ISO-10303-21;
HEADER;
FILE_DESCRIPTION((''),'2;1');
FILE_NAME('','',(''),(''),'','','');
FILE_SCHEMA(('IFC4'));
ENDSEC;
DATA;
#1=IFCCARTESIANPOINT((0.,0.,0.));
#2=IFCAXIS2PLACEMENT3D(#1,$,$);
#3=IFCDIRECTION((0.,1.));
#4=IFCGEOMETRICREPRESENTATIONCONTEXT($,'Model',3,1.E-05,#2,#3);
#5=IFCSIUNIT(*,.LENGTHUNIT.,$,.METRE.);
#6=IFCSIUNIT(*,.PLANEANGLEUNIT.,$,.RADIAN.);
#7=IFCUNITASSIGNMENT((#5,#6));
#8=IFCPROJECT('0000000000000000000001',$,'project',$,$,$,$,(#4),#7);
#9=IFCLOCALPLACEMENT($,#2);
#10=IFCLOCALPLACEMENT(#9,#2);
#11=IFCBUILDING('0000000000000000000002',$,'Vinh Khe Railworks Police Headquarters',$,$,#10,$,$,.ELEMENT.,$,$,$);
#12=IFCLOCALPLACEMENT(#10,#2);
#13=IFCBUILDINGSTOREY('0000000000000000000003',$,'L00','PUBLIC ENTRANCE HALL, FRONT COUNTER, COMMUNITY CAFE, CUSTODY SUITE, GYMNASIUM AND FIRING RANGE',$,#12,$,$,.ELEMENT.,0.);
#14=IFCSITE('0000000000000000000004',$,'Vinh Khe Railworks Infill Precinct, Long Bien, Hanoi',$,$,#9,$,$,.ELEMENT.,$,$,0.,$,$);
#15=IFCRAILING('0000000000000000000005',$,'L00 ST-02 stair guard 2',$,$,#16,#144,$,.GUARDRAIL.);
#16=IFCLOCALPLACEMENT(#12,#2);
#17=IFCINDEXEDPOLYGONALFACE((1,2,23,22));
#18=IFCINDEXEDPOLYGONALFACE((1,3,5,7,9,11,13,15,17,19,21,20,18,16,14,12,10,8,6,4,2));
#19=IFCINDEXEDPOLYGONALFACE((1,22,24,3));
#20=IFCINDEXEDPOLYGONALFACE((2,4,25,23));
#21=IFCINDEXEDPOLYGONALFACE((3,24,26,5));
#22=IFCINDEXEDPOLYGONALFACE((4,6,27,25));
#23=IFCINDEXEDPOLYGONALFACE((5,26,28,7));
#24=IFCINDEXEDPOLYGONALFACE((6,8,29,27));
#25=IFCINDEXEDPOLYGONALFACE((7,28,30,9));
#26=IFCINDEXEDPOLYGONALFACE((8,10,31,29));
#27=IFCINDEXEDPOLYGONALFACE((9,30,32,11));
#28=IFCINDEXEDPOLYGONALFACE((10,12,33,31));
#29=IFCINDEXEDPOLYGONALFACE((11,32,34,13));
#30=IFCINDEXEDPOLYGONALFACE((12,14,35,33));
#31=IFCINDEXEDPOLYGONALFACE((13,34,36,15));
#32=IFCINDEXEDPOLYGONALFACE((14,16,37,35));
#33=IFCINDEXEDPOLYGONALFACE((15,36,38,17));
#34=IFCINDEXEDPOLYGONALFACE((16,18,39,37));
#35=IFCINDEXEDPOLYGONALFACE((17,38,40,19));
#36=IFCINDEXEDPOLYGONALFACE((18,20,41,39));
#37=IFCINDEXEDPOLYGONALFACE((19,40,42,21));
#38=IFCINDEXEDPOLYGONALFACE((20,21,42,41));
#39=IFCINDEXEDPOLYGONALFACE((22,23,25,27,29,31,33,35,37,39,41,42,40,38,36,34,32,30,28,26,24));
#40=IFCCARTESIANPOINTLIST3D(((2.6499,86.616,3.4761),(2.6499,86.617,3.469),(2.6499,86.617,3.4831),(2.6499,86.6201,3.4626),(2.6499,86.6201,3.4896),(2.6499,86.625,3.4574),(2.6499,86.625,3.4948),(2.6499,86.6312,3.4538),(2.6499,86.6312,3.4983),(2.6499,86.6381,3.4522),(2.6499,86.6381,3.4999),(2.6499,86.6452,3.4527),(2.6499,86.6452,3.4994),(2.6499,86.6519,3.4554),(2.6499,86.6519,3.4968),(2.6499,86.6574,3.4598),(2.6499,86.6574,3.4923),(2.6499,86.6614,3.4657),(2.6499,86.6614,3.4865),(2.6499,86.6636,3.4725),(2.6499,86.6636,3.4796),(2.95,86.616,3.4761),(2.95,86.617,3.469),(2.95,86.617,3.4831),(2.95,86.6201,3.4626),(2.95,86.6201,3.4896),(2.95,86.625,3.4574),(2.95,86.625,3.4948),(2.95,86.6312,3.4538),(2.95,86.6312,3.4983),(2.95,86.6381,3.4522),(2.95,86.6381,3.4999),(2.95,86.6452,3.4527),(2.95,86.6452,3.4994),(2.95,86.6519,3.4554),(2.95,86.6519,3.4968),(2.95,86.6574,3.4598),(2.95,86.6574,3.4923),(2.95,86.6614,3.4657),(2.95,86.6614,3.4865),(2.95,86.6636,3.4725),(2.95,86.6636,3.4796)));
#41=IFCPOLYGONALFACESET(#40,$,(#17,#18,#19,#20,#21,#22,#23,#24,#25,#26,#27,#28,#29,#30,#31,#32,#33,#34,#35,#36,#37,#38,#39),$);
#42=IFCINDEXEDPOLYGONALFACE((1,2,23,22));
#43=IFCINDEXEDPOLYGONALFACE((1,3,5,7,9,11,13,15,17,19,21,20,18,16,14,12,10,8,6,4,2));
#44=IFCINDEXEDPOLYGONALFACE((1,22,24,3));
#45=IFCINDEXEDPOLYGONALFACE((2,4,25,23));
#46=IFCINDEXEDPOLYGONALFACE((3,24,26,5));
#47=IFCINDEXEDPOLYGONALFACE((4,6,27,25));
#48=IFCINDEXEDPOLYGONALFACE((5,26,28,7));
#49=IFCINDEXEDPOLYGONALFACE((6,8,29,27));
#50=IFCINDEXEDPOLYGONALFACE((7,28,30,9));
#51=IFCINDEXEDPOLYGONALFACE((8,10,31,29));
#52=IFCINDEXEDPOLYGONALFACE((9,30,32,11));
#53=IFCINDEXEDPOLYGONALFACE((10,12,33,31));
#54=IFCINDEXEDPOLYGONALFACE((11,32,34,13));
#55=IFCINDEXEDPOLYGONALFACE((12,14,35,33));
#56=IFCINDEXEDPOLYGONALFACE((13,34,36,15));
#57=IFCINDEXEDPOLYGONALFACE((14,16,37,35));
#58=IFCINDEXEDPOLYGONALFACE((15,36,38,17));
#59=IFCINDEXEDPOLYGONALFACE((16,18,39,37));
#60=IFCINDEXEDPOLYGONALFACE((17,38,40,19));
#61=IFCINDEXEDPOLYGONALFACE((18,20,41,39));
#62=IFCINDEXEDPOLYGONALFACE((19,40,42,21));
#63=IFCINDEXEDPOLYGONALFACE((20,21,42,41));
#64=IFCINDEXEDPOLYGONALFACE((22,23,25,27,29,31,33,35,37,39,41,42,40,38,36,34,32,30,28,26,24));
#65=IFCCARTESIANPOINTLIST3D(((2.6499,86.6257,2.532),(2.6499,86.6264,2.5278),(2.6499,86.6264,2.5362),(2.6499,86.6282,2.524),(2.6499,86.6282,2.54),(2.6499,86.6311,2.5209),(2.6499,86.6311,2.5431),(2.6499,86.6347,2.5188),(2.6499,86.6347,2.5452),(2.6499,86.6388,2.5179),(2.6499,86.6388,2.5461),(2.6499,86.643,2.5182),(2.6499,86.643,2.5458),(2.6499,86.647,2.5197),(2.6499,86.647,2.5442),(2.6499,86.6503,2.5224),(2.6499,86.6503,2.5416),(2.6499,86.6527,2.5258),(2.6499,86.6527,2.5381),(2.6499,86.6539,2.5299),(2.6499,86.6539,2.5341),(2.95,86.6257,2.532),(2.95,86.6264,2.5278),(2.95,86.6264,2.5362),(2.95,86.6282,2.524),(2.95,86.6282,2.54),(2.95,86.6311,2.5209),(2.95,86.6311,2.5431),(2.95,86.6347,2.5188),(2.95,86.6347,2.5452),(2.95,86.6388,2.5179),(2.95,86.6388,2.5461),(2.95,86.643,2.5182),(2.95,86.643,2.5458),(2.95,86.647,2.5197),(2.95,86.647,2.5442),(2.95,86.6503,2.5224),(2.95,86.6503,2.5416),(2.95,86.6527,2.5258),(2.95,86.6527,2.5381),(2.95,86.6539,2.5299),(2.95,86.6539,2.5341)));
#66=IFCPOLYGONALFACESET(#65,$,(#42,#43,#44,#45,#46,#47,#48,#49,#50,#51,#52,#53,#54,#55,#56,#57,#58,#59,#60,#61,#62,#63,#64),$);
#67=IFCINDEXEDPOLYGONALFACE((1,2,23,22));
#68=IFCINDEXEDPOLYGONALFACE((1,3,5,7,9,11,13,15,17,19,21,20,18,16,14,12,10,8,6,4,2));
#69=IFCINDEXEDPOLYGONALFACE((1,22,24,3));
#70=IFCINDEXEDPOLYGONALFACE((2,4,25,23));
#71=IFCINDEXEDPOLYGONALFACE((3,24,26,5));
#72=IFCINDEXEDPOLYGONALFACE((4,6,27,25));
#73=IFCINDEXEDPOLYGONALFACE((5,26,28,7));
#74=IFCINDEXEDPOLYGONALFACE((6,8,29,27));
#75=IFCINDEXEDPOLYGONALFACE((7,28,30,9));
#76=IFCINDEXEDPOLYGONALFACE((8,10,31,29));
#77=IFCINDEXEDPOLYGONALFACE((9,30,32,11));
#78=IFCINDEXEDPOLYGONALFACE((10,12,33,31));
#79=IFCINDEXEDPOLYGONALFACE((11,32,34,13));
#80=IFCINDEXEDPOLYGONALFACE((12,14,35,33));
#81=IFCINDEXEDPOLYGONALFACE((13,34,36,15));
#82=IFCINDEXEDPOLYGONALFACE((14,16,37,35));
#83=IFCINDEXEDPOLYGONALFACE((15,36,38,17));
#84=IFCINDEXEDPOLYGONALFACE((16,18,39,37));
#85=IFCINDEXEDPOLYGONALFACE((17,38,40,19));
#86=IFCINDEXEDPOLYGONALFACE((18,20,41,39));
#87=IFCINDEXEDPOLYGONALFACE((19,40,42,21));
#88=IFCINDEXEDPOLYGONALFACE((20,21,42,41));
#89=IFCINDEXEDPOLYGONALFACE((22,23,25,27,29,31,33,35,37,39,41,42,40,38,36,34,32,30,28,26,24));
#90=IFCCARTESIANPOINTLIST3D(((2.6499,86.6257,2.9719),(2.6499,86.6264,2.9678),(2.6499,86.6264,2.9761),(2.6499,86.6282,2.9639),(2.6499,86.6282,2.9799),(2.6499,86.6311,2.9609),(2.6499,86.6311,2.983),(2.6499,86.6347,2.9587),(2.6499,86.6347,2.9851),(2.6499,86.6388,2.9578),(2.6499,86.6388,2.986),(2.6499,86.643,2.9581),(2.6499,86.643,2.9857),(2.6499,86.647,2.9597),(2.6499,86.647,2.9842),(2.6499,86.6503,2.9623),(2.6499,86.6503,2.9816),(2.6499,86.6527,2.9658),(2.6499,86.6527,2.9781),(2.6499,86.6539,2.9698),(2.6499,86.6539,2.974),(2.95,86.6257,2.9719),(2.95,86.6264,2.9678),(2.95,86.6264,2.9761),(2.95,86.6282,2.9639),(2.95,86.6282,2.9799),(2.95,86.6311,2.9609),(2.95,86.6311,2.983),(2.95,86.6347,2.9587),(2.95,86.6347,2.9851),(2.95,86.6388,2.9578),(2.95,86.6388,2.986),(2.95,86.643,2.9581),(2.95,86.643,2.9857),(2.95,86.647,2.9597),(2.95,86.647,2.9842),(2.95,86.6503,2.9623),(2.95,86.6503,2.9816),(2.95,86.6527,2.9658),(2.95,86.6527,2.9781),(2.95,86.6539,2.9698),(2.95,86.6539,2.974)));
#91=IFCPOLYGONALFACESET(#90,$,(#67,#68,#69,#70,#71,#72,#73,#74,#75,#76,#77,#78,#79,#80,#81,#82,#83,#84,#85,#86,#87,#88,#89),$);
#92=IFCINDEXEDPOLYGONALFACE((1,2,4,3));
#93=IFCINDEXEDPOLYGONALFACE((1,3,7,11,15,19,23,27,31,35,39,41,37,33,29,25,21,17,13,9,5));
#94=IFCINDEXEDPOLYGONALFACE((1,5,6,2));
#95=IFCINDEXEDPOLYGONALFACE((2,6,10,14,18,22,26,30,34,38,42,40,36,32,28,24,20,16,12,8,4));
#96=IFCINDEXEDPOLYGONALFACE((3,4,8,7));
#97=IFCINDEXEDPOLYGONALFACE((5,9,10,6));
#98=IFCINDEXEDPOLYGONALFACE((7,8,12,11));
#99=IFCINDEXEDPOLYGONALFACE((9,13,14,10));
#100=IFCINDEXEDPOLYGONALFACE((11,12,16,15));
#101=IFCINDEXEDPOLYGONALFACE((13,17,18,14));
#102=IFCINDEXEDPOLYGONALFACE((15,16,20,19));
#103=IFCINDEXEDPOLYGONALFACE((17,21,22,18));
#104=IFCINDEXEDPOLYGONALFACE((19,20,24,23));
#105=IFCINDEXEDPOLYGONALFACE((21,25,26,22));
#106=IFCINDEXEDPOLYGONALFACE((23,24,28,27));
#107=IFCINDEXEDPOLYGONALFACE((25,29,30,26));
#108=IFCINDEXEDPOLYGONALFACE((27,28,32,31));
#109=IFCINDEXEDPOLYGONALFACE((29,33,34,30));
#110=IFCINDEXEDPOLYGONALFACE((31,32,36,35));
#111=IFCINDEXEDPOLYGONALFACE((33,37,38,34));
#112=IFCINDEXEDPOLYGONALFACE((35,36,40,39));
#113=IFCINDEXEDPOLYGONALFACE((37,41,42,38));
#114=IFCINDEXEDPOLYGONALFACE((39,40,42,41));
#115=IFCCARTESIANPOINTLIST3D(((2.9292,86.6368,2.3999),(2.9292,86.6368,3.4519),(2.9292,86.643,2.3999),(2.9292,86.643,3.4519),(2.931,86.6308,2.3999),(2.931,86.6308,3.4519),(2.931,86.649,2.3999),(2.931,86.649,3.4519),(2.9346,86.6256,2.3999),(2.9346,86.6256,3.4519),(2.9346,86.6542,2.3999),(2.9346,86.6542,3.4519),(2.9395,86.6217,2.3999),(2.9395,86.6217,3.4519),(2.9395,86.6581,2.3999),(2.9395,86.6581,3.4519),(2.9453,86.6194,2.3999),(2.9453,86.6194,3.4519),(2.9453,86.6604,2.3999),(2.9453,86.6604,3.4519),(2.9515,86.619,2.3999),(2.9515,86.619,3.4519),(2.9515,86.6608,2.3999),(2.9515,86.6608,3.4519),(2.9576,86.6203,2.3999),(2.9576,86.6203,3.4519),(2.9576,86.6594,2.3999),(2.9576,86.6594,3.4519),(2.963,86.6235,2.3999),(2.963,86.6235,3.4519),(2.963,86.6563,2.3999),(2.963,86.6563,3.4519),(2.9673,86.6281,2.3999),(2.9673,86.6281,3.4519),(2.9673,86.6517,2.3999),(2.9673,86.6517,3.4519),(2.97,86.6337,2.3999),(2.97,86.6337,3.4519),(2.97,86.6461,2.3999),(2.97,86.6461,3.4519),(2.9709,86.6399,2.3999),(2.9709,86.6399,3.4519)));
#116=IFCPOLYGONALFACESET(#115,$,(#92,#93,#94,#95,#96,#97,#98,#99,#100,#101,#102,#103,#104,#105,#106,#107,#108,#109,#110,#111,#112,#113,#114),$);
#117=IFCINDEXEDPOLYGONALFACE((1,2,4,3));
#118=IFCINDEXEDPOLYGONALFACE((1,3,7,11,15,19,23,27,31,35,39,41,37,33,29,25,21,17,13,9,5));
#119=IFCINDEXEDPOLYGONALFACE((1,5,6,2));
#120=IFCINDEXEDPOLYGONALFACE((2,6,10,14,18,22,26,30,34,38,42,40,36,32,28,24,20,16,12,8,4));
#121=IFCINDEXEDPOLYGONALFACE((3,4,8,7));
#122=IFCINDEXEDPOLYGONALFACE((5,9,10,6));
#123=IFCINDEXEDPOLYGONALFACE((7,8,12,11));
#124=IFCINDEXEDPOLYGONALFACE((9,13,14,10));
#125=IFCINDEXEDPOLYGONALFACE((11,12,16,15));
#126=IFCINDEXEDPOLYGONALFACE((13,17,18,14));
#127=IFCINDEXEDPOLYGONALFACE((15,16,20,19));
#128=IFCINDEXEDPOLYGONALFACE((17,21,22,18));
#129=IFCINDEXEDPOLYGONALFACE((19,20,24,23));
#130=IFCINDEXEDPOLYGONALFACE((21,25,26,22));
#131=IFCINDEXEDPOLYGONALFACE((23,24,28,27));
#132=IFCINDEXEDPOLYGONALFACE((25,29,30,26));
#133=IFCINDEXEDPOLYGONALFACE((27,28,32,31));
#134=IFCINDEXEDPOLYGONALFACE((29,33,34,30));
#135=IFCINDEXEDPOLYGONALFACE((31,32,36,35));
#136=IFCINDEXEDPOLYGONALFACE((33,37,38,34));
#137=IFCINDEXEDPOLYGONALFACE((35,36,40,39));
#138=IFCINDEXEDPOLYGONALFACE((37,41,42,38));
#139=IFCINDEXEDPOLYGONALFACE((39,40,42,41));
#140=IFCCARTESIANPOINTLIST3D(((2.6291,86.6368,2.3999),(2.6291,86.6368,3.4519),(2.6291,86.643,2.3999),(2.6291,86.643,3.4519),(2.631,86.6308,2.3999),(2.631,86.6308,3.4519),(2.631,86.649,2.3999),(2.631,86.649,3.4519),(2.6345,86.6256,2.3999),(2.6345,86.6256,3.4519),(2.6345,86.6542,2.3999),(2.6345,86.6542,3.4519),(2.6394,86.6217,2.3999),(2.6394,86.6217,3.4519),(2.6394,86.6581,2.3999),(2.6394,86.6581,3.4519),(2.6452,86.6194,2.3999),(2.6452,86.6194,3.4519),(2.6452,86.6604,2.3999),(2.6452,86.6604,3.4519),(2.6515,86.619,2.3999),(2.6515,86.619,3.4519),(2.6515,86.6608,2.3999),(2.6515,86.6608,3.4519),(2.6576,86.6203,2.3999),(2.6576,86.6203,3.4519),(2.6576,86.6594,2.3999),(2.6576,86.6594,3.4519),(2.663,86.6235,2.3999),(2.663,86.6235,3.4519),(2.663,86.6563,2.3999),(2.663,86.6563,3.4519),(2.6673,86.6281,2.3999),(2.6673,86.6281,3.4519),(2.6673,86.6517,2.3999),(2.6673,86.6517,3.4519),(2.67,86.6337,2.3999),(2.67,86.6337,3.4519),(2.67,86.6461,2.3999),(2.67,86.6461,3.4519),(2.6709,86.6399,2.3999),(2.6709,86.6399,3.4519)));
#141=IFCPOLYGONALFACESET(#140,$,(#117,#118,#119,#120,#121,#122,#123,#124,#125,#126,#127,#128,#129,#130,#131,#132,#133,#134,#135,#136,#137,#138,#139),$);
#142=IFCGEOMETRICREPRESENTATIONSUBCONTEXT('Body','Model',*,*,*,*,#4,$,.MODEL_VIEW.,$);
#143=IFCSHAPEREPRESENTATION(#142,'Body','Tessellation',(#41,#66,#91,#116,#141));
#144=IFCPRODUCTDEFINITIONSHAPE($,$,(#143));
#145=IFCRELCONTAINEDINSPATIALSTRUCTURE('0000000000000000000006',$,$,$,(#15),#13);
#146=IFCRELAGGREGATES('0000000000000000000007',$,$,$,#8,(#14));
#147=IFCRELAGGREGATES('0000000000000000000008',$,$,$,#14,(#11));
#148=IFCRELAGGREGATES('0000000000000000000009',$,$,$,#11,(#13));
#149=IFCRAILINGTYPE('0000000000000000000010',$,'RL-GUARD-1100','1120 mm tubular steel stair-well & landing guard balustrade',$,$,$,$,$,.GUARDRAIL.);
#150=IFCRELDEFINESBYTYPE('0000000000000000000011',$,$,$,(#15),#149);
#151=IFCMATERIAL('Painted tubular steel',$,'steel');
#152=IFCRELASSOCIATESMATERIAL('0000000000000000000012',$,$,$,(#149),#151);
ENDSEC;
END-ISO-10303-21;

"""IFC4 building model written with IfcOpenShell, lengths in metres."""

from ifc_helpers import new_model, si_unit, direction, frame, origin, origin_2d, place, context, subcontext, project, spatial, circle, extrude, material, type_object, element, save


model = new_model("IFC4")

# Units and contexts
model_context = context("Model", 3, precision=1e-05, world=origin(), true_north=direction((0.0, 1.0)))
body_context = subcontext(model_context, "Body", "Model", "MODEL_VIEW")
ifc_project = project(units=[si_unit("LENGTHUNIT", "METRE"), si_unit("PLANEANGLEUNIT", "RADIAN")], contexts=[model_context])

# Site, building, storey
site_placement = place(None, origin())
site = spatial("IfcSite", under=ifc_project, at=site_placement, Name="Vinh Khe Railworks Infill Precinct, Long Bien, Hanoi", CompositionType="ELEMENT", RefElevation=0.0)
building_placement = place(site_placement, origin())
building = spatial("IfcBuilding", under=site, at=building_placement, Name="Vinh Khe Railworks Police Headquarters", CompositionType="ELEMENT")
storey_placement = place(building_placement, origin())
storey = spatial("IfcBuildingStorey", under=building, at=storey_placement, Name="L00", Description="PUBLIC ENTRANCE HALL, FRONT COUNTER, COMMUNITY CAFE, CUSTODY SUITE, GYMNASIUM AND FIRING RANGE", CompositionType="ELEMENT", Elevation=0.0)

# Railing
ifc_material_1 = material(Name="Painted tubular steel", Category="steel")
railing_type = type_object("IfcRailingType", Name="RL-GUARD-1100", Description="1120 mm tubular steel stair-well & landing guard balustrade", PredefinedType="GUARDRAIL", material=ifc_material_1)
railing_1_placement = place(storey_placement, frame((2.95, 86.6399, 2.3999)))
element("IfcRailing", 1, at=railing_1_placement, inside=storey, type_object=railing_type, Name="L00 ST-02 stair guard 2", PredefinedType="GUARDRAIL", context=body_context, shape_type="SweptSolid", body=[
    extrude(circle(Radius=0.0239, at=origin_2d()), frame((0.0, 0.0, 1.0762), z_axis=(-1.0, 0.0, 0.0), x_axis=(0.0, -1.0, 0.0)), (0.0, 0.0, 1.0), 0.3),
    extrude(circle(Radius=0.0142, at=origin_2d()), frame((0.0, 0.0, 0.1321), z_axis=(-1.0, 0.0, 0.0), x_axis=(0.0, -1.0, 0.0)), (0.0, 0.0, 1.0), 0.3),
    extrude(circle(Radius=0.0142, at=origin_2d()), frame((0.0, 0.0, 0.572), z_axis=(-1.0, 0.0, 0.0), x_axis=(0.0, -1.0, 0.0)), (0.0, 0.0, 1.0), 0.3),
    extrude(circle(Radius=0.021, at=origin_2d()), origin(), (0.0, 0.0, 1.0), 1.052),
    extrude(circle(Radius=0.021, at=origin_2d()), frame((-0.3, 0.0, 0.0)), (0.0, 0.0, 1.0), 1.052),
])

save(model, "model.ifc")
